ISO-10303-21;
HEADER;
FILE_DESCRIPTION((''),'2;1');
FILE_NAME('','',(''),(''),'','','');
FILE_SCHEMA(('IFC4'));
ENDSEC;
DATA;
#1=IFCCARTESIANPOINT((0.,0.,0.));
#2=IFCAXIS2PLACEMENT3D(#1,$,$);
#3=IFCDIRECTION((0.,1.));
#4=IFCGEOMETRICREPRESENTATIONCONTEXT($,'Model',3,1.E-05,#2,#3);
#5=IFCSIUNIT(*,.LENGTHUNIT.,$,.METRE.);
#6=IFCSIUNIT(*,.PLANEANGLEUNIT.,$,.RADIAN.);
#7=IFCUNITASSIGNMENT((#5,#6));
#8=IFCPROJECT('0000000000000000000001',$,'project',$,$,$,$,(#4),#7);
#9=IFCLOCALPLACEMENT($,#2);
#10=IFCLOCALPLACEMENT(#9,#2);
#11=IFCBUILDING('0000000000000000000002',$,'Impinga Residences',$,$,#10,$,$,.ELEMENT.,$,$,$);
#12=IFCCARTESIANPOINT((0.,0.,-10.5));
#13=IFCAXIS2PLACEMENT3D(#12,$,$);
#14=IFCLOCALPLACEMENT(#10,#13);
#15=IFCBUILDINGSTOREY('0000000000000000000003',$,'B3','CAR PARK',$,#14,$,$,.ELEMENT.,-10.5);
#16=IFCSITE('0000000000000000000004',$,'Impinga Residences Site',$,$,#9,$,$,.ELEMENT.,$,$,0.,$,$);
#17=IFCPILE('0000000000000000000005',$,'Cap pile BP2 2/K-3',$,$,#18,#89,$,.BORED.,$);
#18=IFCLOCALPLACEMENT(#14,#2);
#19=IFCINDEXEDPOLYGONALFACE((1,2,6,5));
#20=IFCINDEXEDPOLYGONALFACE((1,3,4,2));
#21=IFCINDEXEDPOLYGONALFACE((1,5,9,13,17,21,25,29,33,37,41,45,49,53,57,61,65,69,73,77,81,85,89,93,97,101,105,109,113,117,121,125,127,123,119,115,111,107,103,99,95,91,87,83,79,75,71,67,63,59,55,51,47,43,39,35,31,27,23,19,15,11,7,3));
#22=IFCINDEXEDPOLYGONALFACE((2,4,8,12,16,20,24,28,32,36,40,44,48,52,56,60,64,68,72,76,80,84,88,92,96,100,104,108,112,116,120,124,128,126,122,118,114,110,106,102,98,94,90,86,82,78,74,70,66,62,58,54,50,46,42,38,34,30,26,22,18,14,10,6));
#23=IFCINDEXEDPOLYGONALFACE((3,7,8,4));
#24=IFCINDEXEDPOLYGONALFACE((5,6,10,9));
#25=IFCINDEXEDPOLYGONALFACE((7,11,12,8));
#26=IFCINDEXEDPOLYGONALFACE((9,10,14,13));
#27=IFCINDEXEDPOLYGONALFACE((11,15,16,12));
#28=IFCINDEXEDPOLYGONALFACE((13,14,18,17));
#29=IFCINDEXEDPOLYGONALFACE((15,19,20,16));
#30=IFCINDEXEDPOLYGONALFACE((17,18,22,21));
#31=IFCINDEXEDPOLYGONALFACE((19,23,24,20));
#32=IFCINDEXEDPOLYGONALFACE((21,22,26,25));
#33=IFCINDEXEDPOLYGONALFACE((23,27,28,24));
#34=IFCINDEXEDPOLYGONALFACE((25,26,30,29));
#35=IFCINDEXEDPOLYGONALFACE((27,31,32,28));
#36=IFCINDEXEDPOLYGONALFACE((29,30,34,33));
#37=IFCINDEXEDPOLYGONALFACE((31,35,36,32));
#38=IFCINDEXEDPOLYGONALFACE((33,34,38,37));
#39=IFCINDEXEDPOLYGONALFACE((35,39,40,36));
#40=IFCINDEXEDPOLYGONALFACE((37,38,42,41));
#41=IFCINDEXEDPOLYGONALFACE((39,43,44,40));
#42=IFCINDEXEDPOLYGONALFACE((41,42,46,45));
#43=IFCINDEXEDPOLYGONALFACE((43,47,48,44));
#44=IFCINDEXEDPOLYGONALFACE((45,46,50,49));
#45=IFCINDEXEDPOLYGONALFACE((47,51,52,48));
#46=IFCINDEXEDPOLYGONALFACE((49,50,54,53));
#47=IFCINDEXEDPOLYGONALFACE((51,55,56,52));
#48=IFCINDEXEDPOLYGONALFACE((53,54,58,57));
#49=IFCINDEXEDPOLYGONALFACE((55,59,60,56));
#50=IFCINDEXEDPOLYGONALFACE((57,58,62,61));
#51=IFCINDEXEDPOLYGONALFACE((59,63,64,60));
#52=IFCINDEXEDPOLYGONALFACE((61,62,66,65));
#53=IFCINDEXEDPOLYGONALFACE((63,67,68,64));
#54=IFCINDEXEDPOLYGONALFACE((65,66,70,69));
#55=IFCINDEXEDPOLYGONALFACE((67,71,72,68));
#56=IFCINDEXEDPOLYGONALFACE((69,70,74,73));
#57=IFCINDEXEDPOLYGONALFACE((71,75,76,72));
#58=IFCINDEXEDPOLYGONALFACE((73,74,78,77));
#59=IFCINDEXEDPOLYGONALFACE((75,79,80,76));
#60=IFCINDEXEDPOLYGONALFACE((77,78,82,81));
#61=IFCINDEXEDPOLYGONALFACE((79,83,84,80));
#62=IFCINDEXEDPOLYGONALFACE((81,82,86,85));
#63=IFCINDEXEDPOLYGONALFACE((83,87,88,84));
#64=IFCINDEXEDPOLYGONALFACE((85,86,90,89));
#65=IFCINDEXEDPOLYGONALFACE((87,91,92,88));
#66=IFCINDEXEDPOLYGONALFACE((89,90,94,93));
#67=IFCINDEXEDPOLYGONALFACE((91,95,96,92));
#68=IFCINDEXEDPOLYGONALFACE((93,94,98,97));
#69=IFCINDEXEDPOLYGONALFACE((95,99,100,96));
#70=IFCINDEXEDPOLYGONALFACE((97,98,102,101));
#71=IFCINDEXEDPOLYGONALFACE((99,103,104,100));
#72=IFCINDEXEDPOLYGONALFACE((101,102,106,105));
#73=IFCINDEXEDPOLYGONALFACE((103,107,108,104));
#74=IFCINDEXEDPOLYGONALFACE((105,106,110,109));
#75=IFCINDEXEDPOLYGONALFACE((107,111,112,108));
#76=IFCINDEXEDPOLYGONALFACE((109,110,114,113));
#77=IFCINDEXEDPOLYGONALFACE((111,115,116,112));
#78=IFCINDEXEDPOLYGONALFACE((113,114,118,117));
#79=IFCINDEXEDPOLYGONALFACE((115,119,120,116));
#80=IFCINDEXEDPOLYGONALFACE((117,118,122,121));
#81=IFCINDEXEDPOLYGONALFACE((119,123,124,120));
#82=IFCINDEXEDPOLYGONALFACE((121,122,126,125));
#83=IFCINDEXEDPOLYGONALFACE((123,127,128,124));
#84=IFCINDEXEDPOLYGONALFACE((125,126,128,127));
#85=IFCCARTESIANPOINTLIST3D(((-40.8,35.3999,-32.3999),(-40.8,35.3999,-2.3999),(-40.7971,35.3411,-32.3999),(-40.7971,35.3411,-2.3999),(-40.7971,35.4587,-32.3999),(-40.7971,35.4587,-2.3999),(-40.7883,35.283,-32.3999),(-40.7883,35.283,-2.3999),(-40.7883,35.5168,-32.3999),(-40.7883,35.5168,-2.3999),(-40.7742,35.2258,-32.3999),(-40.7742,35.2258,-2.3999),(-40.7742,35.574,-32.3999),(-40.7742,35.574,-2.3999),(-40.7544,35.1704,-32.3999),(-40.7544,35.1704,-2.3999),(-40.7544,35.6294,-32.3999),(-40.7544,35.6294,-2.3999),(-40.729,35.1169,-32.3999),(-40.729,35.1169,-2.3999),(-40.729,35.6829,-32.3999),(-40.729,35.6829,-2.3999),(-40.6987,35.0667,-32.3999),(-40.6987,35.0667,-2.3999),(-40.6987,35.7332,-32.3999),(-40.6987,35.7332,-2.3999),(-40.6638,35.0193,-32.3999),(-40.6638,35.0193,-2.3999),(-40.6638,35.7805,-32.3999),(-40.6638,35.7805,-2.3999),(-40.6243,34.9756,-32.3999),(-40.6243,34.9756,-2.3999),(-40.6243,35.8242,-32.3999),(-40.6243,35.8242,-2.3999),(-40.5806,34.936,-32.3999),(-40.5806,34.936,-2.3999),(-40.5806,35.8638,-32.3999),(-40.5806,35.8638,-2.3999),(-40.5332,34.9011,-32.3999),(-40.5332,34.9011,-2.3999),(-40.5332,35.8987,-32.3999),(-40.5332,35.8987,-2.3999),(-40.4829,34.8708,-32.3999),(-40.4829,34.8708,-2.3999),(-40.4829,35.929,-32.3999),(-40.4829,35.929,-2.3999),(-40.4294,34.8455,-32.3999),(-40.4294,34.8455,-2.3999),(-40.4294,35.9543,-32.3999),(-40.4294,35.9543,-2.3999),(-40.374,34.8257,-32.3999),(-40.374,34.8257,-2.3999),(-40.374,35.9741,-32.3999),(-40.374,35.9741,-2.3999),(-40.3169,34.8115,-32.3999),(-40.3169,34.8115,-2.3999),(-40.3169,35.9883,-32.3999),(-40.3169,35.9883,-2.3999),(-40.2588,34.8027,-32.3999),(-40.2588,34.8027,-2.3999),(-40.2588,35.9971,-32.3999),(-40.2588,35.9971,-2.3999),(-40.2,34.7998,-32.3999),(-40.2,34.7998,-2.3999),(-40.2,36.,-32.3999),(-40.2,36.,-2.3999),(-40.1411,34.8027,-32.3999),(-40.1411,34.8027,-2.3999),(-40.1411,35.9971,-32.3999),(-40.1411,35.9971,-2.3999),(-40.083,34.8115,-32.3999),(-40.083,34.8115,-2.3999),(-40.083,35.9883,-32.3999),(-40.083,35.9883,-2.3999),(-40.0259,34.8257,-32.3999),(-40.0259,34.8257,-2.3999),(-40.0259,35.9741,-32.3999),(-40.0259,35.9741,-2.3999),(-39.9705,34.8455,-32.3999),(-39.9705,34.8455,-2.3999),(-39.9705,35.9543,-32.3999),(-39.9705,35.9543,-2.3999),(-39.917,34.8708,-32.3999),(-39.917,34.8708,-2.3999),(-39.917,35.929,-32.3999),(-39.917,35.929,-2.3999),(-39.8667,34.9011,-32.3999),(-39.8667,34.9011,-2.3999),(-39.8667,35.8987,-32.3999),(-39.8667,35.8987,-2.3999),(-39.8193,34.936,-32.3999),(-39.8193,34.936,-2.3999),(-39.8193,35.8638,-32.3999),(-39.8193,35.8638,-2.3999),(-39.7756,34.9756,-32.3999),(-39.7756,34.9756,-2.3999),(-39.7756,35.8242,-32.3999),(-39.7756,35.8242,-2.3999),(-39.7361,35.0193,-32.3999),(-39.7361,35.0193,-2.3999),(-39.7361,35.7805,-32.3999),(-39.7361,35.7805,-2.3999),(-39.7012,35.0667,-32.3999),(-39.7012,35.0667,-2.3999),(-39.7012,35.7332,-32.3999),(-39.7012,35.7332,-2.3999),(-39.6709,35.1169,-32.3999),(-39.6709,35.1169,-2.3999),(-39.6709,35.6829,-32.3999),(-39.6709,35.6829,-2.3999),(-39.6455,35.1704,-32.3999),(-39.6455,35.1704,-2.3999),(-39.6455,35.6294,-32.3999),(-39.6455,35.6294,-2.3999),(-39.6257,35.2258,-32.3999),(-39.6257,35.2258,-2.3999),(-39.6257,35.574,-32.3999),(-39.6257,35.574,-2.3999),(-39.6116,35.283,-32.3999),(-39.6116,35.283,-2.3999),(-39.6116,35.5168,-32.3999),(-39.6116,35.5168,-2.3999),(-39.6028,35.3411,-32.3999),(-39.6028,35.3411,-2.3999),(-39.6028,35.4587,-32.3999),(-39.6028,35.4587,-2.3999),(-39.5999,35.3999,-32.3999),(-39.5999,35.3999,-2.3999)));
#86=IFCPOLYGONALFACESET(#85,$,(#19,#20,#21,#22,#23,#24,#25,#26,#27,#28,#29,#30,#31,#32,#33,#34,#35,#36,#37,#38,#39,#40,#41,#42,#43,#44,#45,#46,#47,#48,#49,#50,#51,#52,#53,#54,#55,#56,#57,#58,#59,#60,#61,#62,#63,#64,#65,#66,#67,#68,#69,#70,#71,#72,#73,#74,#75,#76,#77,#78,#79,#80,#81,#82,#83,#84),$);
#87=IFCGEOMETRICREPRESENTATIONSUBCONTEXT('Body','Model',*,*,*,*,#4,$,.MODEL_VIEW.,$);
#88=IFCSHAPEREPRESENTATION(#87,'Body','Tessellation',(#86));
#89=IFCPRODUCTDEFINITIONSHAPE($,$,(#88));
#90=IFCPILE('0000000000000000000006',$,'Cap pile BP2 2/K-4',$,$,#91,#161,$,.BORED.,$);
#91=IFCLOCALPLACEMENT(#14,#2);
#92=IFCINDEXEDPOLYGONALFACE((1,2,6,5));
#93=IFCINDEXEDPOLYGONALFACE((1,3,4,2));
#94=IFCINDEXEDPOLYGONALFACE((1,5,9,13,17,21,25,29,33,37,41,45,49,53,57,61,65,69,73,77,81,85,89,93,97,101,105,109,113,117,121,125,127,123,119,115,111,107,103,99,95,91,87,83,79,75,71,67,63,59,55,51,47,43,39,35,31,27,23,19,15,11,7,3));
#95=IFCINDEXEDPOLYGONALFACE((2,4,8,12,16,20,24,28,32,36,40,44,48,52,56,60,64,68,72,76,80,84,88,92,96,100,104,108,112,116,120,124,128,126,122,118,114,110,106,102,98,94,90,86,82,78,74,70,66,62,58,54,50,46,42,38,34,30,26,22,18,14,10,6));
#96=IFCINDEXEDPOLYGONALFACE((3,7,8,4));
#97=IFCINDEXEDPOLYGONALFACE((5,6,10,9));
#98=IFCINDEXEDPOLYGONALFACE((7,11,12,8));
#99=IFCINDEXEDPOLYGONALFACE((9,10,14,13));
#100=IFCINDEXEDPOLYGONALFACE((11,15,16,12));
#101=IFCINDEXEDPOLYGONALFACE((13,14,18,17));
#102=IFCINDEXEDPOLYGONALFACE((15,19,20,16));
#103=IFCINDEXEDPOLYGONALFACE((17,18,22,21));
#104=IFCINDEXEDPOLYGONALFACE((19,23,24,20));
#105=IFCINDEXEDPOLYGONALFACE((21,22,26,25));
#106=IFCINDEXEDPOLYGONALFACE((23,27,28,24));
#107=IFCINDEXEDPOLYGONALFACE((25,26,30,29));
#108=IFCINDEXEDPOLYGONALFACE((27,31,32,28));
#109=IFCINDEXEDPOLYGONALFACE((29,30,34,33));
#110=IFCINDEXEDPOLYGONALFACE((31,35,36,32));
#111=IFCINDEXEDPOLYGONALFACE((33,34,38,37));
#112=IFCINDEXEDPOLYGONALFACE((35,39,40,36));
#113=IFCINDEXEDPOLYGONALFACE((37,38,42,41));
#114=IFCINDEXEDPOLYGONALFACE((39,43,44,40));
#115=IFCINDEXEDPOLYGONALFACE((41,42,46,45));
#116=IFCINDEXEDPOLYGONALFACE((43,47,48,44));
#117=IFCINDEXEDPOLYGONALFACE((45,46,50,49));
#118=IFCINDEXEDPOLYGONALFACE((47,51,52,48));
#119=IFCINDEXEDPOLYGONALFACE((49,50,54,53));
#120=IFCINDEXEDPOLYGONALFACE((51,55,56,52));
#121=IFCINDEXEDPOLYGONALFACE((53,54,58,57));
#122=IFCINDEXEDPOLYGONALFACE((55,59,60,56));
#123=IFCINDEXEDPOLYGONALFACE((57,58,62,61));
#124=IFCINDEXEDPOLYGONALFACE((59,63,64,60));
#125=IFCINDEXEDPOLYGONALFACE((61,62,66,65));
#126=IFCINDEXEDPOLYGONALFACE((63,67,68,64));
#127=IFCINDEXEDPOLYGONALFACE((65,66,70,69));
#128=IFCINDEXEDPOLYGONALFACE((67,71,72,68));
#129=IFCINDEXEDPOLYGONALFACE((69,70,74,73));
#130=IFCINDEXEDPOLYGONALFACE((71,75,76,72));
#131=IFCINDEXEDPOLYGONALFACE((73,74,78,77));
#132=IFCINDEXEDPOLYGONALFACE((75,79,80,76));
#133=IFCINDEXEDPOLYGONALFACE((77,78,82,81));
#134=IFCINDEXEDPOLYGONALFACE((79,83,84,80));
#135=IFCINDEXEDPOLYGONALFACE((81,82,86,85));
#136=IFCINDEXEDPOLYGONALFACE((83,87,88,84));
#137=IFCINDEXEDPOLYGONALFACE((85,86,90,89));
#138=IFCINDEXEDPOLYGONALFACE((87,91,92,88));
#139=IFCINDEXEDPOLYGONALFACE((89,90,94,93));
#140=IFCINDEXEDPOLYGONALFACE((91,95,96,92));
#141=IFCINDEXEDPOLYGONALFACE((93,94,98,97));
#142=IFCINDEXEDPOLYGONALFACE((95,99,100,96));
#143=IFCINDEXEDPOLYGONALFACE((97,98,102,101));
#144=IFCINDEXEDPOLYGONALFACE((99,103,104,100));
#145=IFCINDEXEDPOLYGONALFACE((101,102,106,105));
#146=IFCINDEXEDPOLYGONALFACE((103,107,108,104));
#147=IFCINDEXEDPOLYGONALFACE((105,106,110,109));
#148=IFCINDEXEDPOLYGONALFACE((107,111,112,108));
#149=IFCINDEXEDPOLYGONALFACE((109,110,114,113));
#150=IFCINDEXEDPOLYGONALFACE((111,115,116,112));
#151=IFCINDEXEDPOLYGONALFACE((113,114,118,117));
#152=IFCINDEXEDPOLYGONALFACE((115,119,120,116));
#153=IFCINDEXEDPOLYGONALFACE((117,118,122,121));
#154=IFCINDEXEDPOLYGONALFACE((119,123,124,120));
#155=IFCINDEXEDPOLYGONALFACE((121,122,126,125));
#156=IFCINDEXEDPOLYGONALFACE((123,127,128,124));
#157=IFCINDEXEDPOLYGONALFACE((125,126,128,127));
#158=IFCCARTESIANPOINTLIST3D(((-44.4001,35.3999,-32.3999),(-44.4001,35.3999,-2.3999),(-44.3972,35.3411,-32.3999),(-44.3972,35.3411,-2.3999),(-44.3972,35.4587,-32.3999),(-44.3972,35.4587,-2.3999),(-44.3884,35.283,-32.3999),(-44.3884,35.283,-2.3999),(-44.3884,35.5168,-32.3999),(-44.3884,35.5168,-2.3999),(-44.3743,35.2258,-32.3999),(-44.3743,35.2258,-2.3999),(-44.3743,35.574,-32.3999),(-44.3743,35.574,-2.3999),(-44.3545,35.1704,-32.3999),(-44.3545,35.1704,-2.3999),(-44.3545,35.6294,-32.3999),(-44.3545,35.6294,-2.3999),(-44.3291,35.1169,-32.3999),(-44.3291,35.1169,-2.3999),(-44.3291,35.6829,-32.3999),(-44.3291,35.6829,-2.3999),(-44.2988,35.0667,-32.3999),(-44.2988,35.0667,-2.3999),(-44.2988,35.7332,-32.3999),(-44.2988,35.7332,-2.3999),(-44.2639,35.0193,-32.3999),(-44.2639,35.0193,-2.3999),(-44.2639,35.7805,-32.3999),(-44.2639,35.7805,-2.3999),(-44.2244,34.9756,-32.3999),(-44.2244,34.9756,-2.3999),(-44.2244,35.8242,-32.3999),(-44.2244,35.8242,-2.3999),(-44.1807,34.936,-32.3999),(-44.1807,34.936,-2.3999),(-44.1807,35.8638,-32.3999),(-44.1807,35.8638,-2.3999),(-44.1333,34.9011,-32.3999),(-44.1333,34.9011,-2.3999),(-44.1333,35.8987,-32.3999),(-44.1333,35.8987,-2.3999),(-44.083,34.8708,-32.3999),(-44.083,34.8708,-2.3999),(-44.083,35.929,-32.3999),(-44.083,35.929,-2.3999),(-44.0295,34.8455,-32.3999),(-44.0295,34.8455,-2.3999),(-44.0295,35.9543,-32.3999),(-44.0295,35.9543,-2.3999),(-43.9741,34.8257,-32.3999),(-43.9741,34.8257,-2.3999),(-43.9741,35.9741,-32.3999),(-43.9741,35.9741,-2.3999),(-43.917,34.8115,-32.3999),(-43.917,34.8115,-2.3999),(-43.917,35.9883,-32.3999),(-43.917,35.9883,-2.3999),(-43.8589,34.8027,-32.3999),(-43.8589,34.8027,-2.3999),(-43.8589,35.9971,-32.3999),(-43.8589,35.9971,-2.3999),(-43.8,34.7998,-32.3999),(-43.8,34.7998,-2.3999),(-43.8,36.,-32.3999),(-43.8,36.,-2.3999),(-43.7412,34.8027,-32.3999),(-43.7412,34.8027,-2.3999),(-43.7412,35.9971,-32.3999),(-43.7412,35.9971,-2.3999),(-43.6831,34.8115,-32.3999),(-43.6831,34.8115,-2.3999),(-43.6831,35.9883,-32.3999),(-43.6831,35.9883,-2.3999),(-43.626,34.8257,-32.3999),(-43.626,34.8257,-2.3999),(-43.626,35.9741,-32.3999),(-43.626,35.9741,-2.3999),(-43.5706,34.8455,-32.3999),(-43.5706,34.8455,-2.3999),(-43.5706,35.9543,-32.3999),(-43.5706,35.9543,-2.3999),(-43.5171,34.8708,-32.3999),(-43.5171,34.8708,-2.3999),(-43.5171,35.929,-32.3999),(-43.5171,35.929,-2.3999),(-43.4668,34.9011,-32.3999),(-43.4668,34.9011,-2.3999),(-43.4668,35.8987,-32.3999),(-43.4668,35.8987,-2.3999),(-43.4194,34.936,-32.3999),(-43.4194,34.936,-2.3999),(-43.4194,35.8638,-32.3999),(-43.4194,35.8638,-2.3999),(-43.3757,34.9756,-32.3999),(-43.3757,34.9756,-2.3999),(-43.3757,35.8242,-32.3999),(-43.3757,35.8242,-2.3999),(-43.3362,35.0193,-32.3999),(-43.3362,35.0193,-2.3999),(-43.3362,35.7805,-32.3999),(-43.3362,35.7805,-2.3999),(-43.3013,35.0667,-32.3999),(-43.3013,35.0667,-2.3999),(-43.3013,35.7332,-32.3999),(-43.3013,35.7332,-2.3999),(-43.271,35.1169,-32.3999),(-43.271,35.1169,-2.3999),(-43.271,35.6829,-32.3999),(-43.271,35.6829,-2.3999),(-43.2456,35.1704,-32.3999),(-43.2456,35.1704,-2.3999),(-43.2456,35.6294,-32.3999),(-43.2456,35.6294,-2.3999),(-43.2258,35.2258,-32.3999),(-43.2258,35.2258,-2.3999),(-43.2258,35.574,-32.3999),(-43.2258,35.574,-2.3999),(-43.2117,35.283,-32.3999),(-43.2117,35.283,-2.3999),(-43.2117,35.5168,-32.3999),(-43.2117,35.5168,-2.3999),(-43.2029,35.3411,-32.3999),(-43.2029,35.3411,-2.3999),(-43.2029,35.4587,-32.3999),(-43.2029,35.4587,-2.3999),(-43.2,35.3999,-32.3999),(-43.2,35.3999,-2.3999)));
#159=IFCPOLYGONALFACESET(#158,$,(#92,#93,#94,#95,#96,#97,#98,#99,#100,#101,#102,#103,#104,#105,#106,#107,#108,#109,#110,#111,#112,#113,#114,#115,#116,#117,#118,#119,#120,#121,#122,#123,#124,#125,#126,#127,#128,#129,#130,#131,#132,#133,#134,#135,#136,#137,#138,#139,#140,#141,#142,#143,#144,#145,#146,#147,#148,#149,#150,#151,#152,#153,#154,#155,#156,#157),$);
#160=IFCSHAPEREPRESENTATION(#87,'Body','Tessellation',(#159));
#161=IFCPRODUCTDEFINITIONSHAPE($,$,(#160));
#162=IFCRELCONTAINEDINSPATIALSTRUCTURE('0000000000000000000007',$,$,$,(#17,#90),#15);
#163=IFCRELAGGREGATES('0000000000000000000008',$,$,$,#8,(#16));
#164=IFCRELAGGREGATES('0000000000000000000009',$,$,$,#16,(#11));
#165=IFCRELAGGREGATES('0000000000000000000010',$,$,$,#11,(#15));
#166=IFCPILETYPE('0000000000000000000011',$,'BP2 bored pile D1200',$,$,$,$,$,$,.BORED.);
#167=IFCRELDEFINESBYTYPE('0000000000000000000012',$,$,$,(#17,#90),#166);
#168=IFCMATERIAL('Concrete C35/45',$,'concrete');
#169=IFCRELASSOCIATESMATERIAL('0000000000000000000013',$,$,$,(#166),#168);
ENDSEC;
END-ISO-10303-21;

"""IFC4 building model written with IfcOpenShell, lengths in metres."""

from ifc_helpers import new_model, si_unit, direction, frame, origin, origin_2d, place, context, subcontext, project, spatial, polyline, circle, outline, extrude, material, material_profile, profile_set, type_object, element, save


model = new_model("IFC4")

# Units and contexts
model_context = context("Model", 3, precision=1e-05, world=origin(), true_north=direction((0.0, 1.0)))
body_context = subcontext(model_context, "Body", "Model", "MODEL_VIEW")
ifc_project = project(units=[si_unit("LENGTHUNIT", "METRE"), si_unit("PLANEANGLEUNIT", "RADIAN")], contexts=[model_context])

# Site, building, storey
site_placement = place(None, origin())
site = spatial("IfcSite", under=ifc_project, at=site_placement, Name="Impinga Residences Site", CompositionType="ELEMENT", RefElevation=0.0)
building_placement = place(site_placement, origin())
building = spatial("IfcBuilding", under=site, at=building_placement, Name="Impinga Residences", CompositionType="ELEMENT")
storey_placement = place(building_placement, frame((0.0, 0.0, -10.5)))
storey = spatial("IfcBuildingStorey", under=building, at=storey_placement, Name="B3", Description="CAR PARK", CompositionType="ELEMENT", Elevation=-10.5)

# Piles
ifc_material_1 = material(Name="Concrete C35/45", Category="concrete")
ifc_material_profile_1 = material_profile(ifc_material_1, circle(Radius=0.6001, at=origin_2d()), Name="D1200")
ifc_profile_set_1 = profile_set([ifc_material_profile_1], Name="Concrete C35/45")
pile_type = type_object("IfcPileType", Name="BP2 bored pile D1200", PredefinedType="BORED", material=ifc_profile_set_1)
pile_1_placement = place(storey_placement, frame((-40.2, 35.3999, -2.3999), z_axis=(0.0, 0.0, -1.0), x_axis=(1.0, 0.0, 0.0)))
element("IfcPile", 1, at=pile_1_placement, inside=storey, type_object=pile_type, Name="Cap pile BP2 2/K-3", PredefinedType="BORED", context=body_context, shape_type="SweptSolid", body=[
    extrude(outline(polyline([(0.6001, 0.0), (0.5972, 0.0588), (0.5884, 0.1169), (0.5742, 0.1741), (0.5544, 0.2295), (0.5291, 0.283), (0.4988, 0.3333), (0.4639, 0.3806), (0.4243, 0.4243), (0.3806, 0.4639), (0.3333, 0.4988), (0.283, 0.5291), (0.2295, 0.5544), (0.1741, 0.5742), (0.1169, 0.5884), (0.0588, 0.5972), (0.0, 0.6001), (-0.0588, 0.5972), (-0.1169, 0.5884), (-0.1741, 0.5742), (-0.2295, 0.5544), (-0.283, 0.5291), (-0.3333, 0.4988), (-0.3806, 0.4639), (-0.4243, 0.4243), (-0.4639, 0.3806), (-0.4988, 0.3333), (-0.5291, 0.283), (-0.5544, 0.2295), (-0.5742, 0.1741), (-0.5884, 0.1169), (-0.5972, 0.0588), (-0.6001, 0.0), (-0.5972, -0.0588), (-0.5884, -0.1169), (-0.5742, -0.1741), (-0.5544, -0.2295), (-0.5291, -0.283), (-0.4988, -0.3333), (-0.4639, -0.3806), (-0.4243, -0.4243), (-0.3806, -0.4639), (-0.3333, -0.4988), (-0.283, -0.5291), (-0.2295, -0.5544), (-0.1741, -0.5742), (-0.1169, -0.5884), (-0.0588, -0.5972), (0.0, -0.6001), (0.0588, -0.5972), (0.1169, -0.5884), (0.1741, -0.5742), (0.2295, -0.5544), (0.283, -0.5291), (0.3333, -0.4988), (0.3806, -0.4639), (0.4243, -0.4243), (0.4639, -0.3806), (0.4988, -0.3333), (0.5291, -0.283), (0.5544, -0.2295), (0.5742, -0.1741), (0.5884, -0.1169), (0.5972, -0.0588), (0.6001, 0.0)])), origin(), (0.0, 0.0, 1.0), 30.0),
])
pile_2_placement = place(storey_placement, frame((-43.8, 35.3999, -2.3999), z_axis=(0.0, 0.0, -1.0), x_axis=(1.0, 0.0, 0.0)))
element("IfcPile", 2, at=pile_2_placement, inside=storey, type_object=pile_type, Name="Cap pile BP2 2/K-4", PredefinedType="BORED", context=body_context, shape_type="SweptSolid", body=[
    extrude(outline(polyline([(0.6001, 0.0), (0.5972, 0.0588), (0.5884, 0.1169), (0.5742, 0.1741), (0.5544, 0.2295), (0.5291, 0.283), (0.4988, 0.3333), (0.4639, 0.3806), (0.4243, 0.4243), (0.3806, 0.4639), (0.3333, 0.4988), (0.283, 0.5291), (0.2295, 0.5544), (0.1741, 0.5742), (0.1169, 0.5884), (0.0588, 0.5972), (0.0, 0.6001), (-0.0588, 0.5972), (-0.1169, 0.5884), (-0.1741, 0.5742), (-0.2295, 0.5544), (-0.283, 0.5291), (-0.3333, 0.4988), (-0.3806, 0.4639), (-0.4243, 0.4243), (-0.4639, 0.3806), (-0.4988, 0.3333), (-0.5291, 0.283), (-0.5544, 0.2295), (-0.5742, 0.1741), (-0.5884, 0.1169), (-0.5972, 0.0588), (-0.6001, 0.0), (-0.5972, -0.0588), (-0.5884, -0.1169), (-0.5742, -0.1741), (-0.5544, -0.2295), (-0.5291, -0.283), (-0.4988, -0.3333), (-0.4639, -0.3806), (-0.4243, -0.4243), (-0.3806, -0.4639), (-0.3333, -0.4988), (-0.283, -0.5291), (-0.2295, -0.5544), (-0.1741, -0.5742), (-0.1169, -0.5884), (-0.0588, -0.5972), (0.0, -0.6001), (0.0588, -0.5972), (0.1169, -0.5884), (0.1741, -0.5742), (0.2295, -0.5544), (0.283, -0.5291), (0.3333, -0.4988), (0.3806, -0.4639), (0.4243, -0.4243), (0.4639, -0.3806), (0.4988, -0.3333), (0.5291, -0.283), (0.5544, -0.2295), (0.5742, -0.1741), (0.5884, -0.1169), (0.5972, -0.0588), (0.6001, 0.0)])), origin(), (0.0, 0.0, 1.0), 30.0),
])

save(model, "model.ifc")
